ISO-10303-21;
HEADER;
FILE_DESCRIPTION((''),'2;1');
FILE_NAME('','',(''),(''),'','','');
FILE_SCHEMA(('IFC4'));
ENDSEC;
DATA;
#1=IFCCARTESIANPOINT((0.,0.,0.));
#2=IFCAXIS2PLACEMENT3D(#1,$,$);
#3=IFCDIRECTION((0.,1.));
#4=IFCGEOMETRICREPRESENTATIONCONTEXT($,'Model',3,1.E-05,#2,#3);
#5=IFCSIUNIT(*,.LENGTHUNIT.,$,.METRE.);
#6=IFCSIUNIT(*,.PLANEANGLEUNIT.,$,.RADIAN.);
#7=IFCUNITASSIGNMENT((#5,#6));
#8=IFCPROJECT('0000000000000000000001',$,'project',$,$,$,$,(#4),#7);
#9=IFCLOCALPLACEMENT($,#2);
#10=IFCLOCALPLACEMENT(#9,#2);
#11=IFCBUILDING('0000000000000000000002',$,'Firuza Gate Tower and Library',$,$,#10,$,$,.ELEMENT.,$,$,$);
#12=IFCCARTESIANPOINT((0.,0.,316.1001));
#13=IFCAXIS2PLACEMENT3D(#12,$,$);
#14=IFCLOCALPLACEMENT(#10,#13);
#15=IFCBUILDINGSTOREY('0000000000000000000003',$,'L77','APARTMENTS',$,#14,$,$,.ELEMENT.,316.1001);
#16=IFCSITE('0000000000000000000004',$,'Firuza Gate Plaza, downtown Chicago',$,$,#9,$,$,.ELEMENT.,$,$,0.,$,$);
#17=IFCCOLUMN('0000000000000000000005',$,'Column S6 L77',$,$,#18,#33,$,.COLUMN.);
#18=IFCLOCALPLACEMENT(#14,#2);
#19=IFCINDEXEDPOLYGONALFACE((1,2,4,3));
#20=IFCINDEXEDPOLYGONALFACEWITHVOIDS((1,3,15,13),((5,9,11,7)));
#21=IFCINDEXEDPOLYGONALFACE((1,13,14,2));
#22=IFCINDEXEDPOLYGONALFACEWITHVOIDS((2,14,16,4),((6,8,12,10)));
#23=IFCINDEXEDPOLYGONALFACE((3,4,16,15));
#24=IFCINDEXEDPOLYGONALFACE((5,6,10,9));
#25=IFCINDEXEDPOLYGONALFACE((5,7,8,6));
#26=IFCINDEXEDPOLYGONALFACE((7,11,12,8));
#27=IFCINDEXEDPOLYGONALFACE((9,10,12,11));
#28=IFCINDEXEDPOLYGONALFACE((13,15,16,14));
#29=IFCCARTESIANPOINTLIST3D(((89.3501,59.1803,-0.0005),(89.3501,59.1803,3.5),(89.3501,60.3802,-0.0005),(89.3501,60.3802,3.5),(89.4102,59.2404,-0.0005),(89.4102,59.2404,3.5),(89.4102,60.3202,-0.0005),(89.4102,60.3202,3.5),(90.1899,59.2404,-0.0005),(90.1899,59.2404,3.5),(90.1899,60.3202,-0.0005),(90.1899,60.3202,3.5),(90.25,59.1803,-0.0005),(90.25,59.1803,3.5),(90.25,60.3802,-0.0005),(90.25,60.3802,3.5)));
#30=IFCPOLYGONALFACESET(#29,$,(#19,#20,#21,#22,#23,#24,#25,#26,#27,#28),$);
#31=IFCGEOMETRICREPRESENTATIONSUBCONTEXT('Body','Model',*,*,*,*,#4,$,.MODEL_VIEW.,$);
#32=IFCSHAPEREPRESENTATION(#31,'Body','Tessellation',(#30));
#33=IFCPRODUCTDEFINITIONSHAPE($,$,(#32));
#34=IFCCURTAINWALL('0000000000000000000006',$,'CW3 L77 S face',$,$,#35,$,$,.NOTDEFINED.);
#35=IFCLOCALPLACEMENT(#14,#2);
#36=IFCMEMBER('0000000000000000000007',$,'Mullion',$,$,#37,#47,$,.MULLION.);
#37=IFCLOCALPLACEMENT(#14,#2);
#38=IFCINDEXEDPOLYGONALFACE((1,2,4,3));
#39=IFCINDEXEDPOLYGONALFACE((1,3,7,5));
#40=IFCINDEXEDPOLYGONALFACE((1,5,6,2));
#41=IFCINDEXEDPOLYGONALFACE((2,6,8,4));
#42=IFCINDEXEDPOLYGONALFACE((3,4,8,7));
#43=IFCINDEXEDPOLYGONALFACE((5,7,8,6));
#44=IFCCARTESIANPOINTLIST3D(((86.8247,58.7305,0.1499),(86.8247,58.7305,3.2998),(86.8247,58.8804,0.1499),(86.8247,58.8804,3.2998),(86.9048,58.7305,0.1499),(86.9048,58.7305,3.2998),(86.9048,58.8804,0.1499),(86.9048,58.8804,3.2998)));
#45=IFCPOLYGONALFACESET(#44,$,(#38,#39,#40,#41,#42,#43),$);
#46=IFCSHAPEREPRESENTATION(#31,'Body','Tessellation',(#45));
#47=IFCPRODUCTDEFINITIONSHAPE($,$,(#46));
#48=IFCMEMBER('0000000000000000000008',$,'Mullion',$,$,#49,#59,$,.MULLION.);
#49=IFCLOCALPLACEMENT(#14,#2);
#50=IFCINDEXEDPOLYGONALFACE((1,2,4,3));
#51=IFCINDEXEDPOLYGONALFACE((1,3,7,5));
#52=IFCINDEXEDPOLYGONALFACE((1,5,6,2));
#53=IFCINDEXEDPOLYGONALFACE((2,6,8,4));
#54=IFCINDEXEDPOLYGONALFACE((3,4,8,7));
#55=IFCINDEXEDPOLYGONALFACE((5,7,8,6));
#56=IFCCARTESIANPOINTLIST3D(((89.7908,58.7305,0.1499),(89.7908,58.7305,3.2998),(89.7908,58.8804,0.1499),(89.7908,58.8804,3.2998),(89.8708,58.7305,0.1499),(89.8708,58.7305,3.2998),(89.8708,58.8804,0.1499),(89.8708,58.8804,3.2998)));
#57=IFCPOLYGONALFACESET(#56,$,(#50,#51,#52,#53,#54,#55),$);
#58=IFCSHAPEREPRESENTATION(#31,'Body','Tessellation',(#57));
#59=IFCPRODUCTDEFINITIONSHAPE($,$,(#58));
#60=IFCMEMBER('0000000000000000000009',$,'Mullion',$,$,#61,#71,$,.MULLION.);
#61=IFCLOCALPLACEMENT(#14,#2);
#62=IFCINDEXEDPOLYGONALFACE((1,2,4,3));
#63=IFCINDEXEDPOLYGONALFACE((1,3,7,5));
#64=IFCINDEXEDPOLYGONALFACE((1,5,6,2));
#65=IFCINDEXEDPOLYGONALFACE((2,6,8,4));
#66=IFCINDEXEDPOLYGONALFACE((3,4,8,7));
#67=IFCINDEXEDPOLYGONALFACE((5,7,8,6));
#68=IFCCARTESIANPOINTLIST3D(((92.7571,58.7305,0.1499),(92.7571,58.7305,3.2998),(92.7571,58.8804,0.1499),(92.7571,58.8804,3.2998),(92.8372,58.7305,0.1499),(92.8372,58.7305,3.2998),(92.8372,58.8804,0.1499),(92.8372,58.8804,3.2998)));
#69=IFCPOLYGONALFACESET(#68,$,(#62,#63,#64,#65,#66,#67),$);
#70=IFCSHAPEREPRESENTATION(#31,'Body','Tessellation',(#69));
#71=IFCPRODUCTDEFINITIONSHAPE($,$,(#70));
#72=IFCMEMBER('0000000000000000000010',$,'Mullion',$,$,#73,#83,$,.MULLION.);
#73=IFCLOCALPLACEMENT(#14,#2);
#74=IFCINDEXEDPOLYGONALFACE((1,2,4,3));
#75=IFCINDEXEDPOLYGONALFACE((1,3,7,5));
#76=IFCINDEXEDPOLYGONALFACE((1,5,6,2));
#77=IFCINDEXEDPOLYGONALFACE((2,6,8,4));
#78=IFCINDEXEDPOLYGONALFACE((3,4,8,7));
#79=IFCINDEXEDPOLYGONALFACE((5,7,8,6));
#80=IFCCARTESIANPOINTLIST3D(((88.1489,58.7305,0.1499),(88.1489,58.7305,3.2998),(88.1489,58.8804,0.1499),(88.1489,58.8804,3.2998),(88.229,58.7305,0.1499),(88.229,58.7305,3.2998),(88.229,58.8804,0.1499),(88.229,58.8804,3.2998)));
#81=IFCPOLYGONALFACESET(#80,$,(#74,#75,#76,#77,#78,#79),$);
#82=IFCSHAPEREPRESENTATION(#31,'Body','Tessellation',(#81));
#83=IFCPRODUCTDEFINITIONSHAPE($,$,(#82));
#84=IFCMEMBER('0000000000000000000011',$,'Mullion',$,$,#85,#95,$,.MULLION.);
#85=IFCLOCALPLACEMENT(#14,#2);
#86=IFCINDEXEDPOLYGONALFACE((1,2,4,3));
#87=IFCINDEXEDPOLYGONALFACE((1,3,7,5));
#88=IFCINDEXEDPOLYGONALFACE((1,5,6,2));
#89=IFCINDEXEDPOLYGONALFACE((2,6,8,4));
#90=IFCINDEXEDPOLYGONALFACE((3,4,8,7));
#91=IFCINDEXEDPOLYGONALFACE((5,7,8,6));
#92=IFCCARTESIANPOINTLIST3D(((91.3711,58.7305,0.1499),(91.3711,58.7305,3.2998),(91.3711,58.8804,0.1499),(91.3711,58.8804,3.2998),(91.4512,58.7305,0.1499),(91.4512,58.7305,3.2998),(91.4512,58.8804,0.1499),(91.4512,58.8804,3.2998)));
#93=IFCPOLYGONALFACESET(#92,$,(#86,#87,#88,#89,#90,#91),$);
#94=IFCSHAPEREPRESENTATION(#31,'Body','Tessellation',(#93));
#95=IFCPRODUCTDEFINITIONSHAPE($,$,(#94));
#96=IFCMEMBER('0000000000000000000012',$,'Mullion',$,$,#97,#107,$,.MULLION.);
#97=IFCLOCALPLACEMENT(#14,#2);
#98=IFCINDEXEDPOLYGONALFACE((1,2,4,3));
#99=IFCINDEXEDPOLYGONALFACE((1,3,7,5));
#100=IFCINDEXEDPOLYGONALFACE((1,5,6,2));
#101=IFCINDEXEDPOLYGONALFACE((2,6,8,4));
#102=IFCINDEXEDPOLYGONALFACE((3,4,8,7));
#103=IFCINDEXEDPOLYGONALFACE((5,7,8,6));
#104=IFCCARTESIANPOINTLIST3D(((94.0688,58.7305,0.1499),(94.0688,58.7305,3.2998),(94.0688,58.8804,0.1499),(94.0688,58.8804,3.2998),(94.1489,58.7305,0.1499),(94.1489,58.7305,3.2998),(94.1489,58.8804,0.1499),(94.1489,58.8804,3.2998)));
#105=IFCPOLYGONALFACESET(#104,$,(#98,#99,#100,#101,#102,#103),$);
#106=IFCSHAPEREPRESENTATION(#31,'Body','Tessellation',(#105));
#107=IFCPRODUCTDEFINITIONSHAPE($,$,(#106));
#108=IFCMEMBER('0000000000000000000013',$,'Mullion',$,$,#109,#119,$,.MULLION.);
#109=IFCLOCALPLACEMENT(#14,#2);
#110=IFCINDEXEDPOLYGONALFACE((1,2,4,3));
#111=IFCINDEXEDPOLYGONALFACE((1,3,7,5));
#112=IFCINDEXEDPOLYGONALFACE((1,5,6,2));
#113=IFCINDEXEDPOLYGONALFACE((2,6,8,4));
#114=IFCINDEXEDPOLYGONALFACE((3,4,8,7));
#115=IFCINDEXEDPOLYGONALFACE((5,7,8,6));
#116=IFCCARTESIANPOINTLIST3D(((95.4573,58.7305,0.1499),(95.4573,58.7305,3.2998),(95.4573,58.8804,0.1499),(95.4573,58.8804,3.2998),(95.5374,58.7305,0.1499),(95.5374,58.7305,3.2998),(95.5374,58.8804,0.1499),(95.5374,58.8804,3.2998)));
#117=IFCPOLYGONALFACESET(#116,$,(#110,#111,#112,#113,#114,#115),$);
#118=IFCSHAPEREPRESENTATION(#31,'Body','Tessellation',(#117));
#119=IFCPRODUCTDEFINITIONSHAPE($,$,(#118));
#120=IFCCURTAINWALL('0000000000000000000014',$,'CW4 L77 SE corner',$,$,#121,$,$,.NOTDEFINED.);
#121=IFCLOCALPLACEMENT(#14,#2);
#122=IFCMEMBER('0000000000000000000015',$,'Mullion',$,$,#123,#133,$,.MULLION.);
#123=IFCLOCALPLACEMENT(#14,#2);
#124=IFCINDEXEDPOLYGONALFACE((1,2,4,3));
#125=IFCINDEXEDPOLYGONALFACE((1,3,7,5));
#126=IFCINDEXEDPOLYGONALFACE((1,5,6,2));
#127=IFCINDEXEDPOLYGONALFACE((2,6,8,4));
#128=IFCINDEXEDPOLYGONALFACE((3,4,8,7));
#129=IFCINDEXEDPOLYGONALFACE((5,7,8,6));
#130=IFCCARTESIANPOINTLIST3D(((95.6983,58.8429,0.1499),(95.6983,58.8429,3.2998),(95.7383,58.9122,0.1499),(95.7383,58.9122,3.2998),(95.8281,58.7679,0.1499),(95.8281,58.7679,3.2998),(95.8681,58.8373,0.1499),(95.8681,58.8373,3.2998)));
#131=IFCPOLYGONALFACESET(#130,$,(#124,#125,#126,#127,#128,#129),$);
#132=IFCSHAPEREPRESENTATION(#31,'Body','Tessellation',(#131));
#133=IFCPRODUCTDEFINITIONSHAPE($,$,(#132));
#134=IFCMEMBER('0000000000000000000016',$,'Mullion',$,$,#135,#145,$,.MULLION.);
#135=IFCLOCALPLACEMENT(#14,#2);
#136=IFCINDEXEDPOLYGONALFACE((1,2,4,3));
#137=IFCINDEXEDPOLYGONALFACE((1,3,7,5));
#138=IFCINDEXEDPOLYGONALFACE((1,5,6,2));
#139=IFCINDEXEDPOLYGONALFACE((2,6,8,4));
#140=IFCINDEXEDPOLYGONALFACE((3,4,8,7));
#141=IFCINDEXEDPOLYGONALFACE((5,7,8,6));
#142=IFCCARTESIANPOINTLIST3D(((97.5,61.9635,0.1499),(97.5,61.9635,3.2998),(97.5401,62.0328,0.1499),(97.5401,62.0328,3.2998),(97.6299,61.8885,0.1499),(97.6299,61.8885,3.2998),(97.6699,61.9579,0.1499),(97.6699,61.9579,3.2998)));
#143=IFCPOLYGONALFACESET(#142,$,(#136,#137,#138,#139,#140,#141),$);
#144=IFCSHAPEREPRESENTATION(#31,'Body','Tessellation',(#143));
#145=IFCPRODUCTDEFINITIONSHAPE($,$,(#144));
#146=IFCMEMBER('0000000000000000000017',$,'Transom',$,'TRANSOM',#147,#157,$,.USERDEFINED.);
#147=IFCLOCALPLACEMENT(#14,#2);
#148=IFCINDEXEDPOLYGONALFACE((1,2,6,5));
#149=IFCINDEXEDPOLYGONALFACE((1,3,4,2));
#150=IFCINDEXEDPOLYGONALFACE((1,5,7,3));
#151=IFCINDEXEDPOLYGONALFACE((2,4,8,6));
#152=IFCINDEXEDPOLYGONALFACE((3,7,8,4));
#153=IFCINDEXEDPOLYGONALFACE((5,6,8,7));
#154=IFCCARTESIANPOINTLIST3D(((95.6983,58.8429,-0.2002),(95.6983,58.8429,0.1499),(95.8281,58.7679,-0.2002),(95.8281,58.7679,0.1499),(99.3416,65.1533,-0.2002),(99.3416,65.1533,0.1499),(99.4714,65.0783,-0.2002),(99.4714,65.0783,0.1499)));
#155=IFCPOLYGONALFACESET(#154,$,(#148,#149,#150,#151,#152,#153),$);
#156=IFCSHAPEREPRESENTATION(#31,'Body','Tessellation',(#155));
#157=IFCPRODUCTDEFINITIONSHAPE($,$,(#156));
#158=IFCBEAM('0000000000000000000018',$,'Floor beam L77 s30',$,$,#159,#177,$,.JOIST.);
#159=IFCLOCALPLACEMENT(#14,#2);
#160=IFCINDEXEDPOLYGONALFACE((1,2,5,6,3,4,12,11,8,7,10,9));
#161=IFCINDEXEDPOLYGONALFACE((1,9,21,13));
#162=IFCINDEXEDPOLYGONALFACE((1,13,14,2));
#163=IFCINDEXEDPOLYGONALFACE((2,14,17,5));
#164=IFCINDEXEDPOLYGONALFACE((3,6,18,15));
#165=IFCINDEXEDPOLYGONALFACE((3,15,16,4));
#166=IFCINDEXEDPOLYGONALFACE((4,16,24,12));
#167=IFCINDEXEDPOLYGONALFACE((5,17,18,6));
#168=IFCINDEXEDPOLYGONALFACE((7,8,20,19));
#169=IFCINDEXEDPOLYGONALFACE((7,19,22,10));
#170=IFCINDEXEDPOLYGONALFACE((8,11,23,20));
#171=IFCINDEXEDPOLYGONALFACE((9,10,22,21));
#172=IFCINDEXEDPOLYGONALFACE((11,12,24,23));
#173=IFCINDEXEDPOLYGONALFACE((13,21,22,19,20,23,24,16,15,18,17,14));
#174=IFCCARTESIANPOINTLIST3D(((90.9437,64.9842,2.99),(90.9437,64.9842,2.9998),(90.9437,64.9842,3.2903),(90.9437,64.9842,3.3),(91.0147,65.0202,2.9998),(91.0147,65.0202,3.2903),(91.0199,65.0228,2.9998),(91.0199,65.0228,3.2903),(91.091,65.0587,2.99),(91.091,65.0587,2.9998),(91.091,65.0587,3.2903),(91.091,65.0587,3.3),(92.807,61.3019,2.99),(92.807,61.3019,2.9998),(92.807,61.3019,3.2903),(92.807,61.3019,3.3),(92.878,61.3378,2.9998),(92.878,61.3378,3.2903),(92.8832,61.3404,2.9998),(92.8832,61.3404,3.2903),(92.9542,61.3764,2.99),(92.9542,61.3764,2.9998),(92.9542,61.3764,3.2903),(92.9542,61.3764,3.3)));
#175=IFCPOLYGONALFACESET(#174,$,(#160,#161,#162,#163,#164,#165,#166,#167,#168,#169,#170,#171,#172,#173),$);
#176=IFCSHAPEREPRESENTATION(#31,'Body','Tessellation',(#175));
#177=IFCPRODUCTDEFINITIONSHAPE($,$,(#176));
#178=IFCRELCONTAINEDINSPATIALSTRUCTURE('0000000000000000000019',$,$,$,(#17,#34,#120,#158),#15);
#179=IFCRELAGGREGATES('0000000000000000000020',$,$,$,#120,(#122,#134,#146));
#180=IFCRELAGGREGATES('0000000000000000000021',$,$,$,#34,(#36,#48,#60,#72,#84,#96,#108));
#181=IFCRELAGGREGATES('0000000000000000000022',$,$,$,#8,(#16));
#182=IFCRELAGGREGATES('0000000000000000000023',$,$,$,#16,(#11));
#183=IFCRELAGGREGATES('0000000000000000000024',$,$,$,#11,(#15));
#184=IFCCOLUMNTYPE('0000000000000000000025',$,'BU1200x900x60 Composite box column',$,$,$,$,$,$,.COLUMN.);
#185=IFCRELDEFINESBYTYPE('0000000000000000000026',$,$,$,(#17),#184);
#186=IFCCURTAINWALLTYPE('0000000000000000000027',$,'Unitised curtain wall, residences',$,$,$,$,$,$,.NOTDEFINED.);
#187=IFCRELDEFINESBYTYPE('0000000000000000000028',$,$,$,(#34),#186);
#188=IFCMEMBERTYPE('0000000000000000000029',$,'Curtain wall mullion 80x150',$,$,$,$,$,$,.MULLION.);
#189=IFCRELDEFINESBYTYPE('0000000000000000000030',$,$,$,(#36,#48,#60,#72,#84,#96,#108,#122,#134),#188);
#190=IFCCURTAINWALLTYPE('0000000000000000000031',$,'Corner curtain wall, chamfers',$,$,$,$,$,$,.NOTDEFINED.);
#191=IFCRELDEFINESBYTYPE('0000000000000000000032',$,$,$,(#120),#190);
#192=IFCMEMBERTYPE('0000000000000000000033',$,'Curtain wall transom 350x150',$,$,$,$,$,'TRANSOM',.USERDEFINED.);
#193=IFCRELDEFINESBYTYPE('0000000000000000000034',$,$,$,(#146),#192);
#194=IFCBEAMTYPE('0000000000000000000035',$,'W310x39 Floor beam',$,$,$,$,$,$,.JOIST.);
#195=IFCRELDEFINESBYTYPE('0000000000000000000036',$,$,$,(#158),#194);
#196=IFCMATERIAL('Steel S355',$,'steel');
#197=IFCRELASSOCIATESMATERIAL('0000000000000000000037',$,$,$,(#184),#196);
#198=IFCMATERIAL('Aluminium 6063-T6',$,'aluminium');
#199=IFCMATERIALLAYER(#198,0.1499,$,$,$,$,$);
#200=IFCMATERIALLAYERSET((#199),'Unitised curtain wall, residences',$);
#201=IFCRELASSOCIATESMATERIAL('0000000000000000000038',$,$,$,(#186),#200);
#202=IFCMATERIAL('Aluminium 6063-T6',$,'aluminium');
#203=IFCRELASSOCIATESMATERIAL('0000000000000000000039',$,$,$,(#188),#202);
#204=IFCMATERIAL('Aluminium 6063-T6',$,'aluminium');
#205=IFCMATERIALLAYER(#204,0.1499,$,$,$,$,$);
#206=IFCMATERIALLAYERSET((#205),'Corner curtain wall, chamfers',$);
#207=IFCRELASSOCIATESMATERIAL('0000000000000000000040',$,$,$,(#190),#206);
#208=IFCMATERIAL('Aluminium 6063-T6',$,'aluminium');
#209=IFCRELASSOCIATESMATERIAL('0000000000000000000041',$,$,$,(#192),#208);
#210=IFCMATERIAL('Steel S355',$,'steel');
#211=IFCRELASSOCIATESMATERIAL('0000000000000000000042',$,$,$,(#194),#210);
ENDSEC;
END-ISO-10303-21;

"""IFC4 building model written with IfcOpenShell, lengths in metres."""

from ifc_helpers import new_model, si_unit, direction, frame, origin, origin_2d, place, context, subcontext, project, spatial, rectangle, hollow_rectangle, i_section, extrude, material, layer, layer_set, material_profile, profile_set, type_object, element, aggregate, save


model = new_model("IFC4")

# Units and contexts
model_context = context("Model", 3, precision=1e-05, world=origin(), true_north=direction((0.0, 1.0)))
body_context = subcontext(model_context, "Body", "Model", "MODEL_VIEW")
ifc_project = project(units=[si_unit("LENGTHUNIT", "METRE"), si_unit("PLANEANGLEUNIT", "RADIAN")], contexts=[model_context])

# Site, building, storey
site_placement = place(None, origin())
site = spatial("IfcSite", under=ifc_project, at=site_placement, Name="Firuza Gate Plaza, downtown Chicago", CompositionType="ELEMENT", RefElevation=0.0)
building_placement = place(site_placement, origin())
building = spatial("IfcBuilding", under=site, at=building_placement, Name="Firuza Gate Tower and Library", CompositionType="ELEMENT")
storey_placement = place(building_placement, frame((0.0, 0.0, 316.1001)))
storey = spatial("IfcBuildingStorey", under=building, at=storey_placement, Name="L77", Description="APARTMENTS", CompositionType="ELEMENT", Elevation=316.1001)

# Column
ifc_material_1 = material(Name="Steel S355", Category="steel")
ifc_material_profile_1 = material_profile(ifc_material_1, hollow_rectangle(XDim=0.8999, YDim=1.2, WallThickness=0.0601, at=origin_2d()))
ifc_profile_set_1 = profile_set([ifc_material_profile_1], Name="Steel S355")
column_type = type_object("IfcColumnType", Name="BU1200x900x60 Composite box column", PredefinedType="COLUMN", material=ifc_profile_set_1)
column_placement = place(storey_placement, frame((89.8, 59.7803, -0.0005), z_axis=(0.0, 0.0, 1.0), x_axis=(1.0, 0.0, 0.0)))
element("IfcColumn", 1, at=column_placement, inside=storey, type_object=column_type, Name="Column S6 L77", PredefinedType="COLUMN", context=body_context, shape_type="SweptSolid", body=[
    extrude(hollow_rectangle(XDim=0.8999, YDim=1.2, WallThickness=0.0601, at=origin_2d()), origin(), (0.0, 0.0, 1.0), 3.5005),
])

# Curtain walls, members
ifc_material_2 = material(Name="Aluminium 6063-T6", Category="aluminium")
ifc_layer_1 = layer(ifc_material_2, 0.1499)
ifc_layer_set_1 = layer_set([ifc_layer_1], Name="Unitised curtain wall, residences")
curtain_wall_type_1 = type_object("IfcCurtainWallType", Name="Unitised curtain wall, residences", PredefinedType="NOTDEFINED", material=ifc_layer_set_1)
placement = place(storey_placement, origin())
curtain_wall_1 = element("IfcCurtainWall", 2, at=placement, inside=storey, type_object=curtain_wall_type_1, Name="CW3 L77 S face", PredefinedType="NOTDEFINED")
ifc_material_3 = material(Name="Aluminium 6063-T6", Category="aluminium")
ifc_material_profile_2 = material_profile(ifc_material_3, rectangle(XDim=0.1499, YDim=0.0801, at=origin_2d()))
ifc_profile_set_2 = profile_set([ifc_material_profile_2], Name="Aluminium 6063-T6")
member_type_1 = type_object("IfcMemberType", Name="Curtain wall mullion 80x150", PredefinedType="MULLION", material=ifc_profile_set_2)
member_1_placement = place(storey_placement, frame((86.8647, 58.8054, 0.1499), z_axis=(0.0, 0.0, 1.0), x_axis=(0.0, 1.0, 0.0)))
member_1 = element("IfcMember", 3, at=member_1_placement, type_object=member_type_1, Name="Mullion", PredefinedType="MULLION", context=body_context, shape_type="SweptSolid", body=[
    extrude(rectangle(XDim=0.1499, YDim=0.0801, at=origin_2d()), origin(), (0.0, 0.0, 1.0), 3.1499),
])
member_2_placement = place(storey_placement, frame((89.8308, 58.8054, 0.1499), z_axis=(0.0, 0.0, 1.0), x_axis=(0.0, 1.0, 0.0)))
member_2 = element("IfcMember", 4, at=member_2_placement, type_object=member_type_1, Name="Mullion", PredefinedType="MULLION", context=body_context, shape_type="SweptSolid", body=[
    extrude(rectangle(XDim=0.1499, YDim=0.0801, at=origin_2d()), origin(), (0.0, 0.0, 1.0), 3.1499),
])
member_3_placement = place(storey_placement, frame((92.7971, 58.8054, 0.1499), z_axis=(0.0, 0.0, 1.0), x_axis=(0.0, 1.0, 0.0)))
member_3 = element("IfcMember", 5, at=member_3_placement, type_object=member_type_1, Name="Mullion", PredefinedType="MULLION", context=body_context, shape_type="SweptSolid", body=[
    extrude(rectangle(XDim=0.1499, YDim=0.0801, at=origin_2d()), origin(), (0.0, 0.0, 1.0), 3.1499),
])
member_4_placement = place(storey_placement, frame((88.189, 58.8054, 0.1499), z_axis=(0.0, 0.0, 1.0), x_axis=(0.0, 1.0, 0.0)))
member_4 = element("IfcMember", 6, at=member_4_placement, type_object=member_type_1, Name="Mullion", PredefinedType="MULLION", context=body_context, shape_type="SweptSolid", body=[
    extrude(rectangle(XDim=0.1499, YDim=0.0801, at=origin_2d()), origin(), (0.0, 0.0, 1.0), 3.1499),
])
member_5_placement = place(storey_placement, frame((91.4111, 58.8054, 0.1499), z_axis=(0.0, 0.0, 1.0), x_axis=(0.0, 1.0, 0.0)))
member_5 = element("IfcMember", 7, at=member_5_placement, type_object=member_type_1, Name="Mullion", PredefinedType="MULLION", context=body_context, shape_type="SweptSolid", body=[
    extrude(rectangle(XDim=0.1499, YDim=0.0801, at=origin_2d()), origin(), (0.0, 0.0, 1.0), 3.1499),
])
member_6_placement = place(storey_placement, frame((94.1089, 58.8054, 0.1499), z_axis=(0.0, 0.0, 1.0), x_axis=(0.0, 1.0, 0.0)))
member_6 = element("IfcMember", 8, at=member_6_placement, type_object=member_type_1, Name="Mullion", PredefinedType="MULLION", context=body_context, shape_type="SweptSolid", body=[
    extrude(rectangle(XDim=0.1499, YDim=0.0801, at=origin_2d()), origin(), (0.0, 0.0, 1.0), 3.1499),
])
member_7_placement = place(storey_placement, frame((95.4973, 58.8054, 0.1499), z_axis=(0.0, 0.0, 1.0), x_axis=(0.0, 1.0, 0.0)))
member_7 = element("IfcMember", 9, at=member_7_placement, type_object=member_type_1, Name="Mullion", PredefinedType="MULLION", context=body_context, shape_type="SweptSolid", body=[
    extrude(rectangle(XDim=0.1499, YDim=0.0801, at=origin_2d()), origin(), (0.0, 0.0, 1.0), 3.1499),
])
ifc_material_4 = material(Name="Aluminium 6063-T6", Category="aluminium")
ifc_layer_2 = layer(ifc_material_4, 0.1499)
ifc_layer_set_2 = layer_set([ifc_layer_2], Name="Corner curtain wall, chamfers")
curtain_wall_type_2 = type_object("IfcCurtainWallType", Name="Corner curtain wall, chamfers", PredefinedType="NOTDEFINED", material=ifc_layer_set_2)
curtain_wall_2 = element("IfcCurtainWall", 10, at=placement, inside=storey, type_object=curtain_wall_type_2, Name="CW4 L77 SE corner", PredefinedType="NOTDEFINED")
member_8_placement = place(storey_placement, frame((95.7832, 58.8401, 0.1499), z_axis=(0.0, 0.0, 1.0), x_axis=(-0.866025, 0.5, 0.0)))
member_8 = element("IfcMember", 11, at=member_8_placement, type_object=member_type_1, Name="Mullion", PredefinedType="MULLION", context=body_context, shape_type="SweptSolid", body=[
    extrude(rectangle(XDim=0.1499, YDim=0.0801, at=origin_2d()), origin(), (0.0, 0.0, 1.0), 3.1499),
])
member_9_placement = place(storey_placement, frame((97.585, 61.9607, 0.1499), z_axis=(0.0, 0.0, 1.0), x_axis=(-0.866025, 0.5, 0.0)))
member_9 = element("IfcMember", 12, at=member_9_placement, type_object=member_type_1, Name="Mullion", PredefinedType="MULLION", context=body_context, shape_type="SweptSolid", body=[
    extrude(rectangle(XDim=0.1499, YDim=0.0801, at=origin_2d()), origin(), (0.0, 0.0, 1.0), 3.1499),
])
ifc_material_5 = material(Name="Aluminium 6063-T6", Category="aluminium")
ifc_material_profile_3 = material_profile(ifc_material_5, rectangle(XDim=0.1499, YDim=0.3501, at=origin_2d()))
ifc_profile_set_3 = profile_set([ifc_material_profile_3], Name="Aluminium 6063-T6")
member_type_2 = type_object("IfcMemberType", Name="Curtain wall transom 350x150", ElementType="TRANSOM", PredefinedType="USERDEFINED", material=ifc_profile_set_3)
member_10_placement = place(storey_placement, frame((95.7632, 58.8054, -0.0251), z_axis=(0.500006, 0.866022, 0.0), x_axis=(-0.866022, 0.500006, 0.0)))
member_10 = element("IfcMember", 13, at=member_10_placement, type_object=member_type_2, Name="Transom", ObjectType="TRANSOM", PredefinedType="USERDEFINED", context=body_context, shape_type="SweptSolid", body=[
    extrude(rectangle(XDim=0.1499, YDim=0.3501, at=origin_2d()), origin(), (0.0, 0.0, 1.0), 7.2866),
])

# Beam
ifc_material_6 = material(Name="Steel S355", Category="steel")
ifc_material_profile_4 = material_profile(ifc_material_6, i_section(OverallWidth=0.165, OverallDepth=0.3101, WebThickness=0.0059, FlangeThickness=0.0098, at=origin_2d()))
ifc_profile_set_4 = profile_set([ifc_material_profile_4], Name="Steel S355")
beam_type_1 = type_object("IfcBeamType", Name="W310x39 Floor beam", PredefinedType="JOIST", material=ifc_profile_set_4)
beam_1_placement = place(storey_placement, frame((92.8806, 61.3391, 3.145), z_axis=(-0.451491, 0.892275, 0.0), x_axis=(-0.892275, -0.451491, 0.0)))
element("IfcBeam", 14, at=beam_1_placement, inside=storey, type_object=beam_type_1, Name="Floor beam L77 s30", PredefinedType="JOIST", context=body_context, shape_type="SweptSolid", body=[
    extrude(i_section(OverallWidth=0.165, OverallDepth=0.3101, WebThickness=0.0059, FlangeThickness=0.0098, at=origin_2d()), origin(), (0.0, 0.0, 1.0), 4.127),
])

aggregate(curtain_wall_2, [member_8, member_9, member_10])
aggregate(curtain_wall_1, [member_1, member_2, member_3, member_4, member_5, member_6, member_7])

save(model, "model.ifc")
